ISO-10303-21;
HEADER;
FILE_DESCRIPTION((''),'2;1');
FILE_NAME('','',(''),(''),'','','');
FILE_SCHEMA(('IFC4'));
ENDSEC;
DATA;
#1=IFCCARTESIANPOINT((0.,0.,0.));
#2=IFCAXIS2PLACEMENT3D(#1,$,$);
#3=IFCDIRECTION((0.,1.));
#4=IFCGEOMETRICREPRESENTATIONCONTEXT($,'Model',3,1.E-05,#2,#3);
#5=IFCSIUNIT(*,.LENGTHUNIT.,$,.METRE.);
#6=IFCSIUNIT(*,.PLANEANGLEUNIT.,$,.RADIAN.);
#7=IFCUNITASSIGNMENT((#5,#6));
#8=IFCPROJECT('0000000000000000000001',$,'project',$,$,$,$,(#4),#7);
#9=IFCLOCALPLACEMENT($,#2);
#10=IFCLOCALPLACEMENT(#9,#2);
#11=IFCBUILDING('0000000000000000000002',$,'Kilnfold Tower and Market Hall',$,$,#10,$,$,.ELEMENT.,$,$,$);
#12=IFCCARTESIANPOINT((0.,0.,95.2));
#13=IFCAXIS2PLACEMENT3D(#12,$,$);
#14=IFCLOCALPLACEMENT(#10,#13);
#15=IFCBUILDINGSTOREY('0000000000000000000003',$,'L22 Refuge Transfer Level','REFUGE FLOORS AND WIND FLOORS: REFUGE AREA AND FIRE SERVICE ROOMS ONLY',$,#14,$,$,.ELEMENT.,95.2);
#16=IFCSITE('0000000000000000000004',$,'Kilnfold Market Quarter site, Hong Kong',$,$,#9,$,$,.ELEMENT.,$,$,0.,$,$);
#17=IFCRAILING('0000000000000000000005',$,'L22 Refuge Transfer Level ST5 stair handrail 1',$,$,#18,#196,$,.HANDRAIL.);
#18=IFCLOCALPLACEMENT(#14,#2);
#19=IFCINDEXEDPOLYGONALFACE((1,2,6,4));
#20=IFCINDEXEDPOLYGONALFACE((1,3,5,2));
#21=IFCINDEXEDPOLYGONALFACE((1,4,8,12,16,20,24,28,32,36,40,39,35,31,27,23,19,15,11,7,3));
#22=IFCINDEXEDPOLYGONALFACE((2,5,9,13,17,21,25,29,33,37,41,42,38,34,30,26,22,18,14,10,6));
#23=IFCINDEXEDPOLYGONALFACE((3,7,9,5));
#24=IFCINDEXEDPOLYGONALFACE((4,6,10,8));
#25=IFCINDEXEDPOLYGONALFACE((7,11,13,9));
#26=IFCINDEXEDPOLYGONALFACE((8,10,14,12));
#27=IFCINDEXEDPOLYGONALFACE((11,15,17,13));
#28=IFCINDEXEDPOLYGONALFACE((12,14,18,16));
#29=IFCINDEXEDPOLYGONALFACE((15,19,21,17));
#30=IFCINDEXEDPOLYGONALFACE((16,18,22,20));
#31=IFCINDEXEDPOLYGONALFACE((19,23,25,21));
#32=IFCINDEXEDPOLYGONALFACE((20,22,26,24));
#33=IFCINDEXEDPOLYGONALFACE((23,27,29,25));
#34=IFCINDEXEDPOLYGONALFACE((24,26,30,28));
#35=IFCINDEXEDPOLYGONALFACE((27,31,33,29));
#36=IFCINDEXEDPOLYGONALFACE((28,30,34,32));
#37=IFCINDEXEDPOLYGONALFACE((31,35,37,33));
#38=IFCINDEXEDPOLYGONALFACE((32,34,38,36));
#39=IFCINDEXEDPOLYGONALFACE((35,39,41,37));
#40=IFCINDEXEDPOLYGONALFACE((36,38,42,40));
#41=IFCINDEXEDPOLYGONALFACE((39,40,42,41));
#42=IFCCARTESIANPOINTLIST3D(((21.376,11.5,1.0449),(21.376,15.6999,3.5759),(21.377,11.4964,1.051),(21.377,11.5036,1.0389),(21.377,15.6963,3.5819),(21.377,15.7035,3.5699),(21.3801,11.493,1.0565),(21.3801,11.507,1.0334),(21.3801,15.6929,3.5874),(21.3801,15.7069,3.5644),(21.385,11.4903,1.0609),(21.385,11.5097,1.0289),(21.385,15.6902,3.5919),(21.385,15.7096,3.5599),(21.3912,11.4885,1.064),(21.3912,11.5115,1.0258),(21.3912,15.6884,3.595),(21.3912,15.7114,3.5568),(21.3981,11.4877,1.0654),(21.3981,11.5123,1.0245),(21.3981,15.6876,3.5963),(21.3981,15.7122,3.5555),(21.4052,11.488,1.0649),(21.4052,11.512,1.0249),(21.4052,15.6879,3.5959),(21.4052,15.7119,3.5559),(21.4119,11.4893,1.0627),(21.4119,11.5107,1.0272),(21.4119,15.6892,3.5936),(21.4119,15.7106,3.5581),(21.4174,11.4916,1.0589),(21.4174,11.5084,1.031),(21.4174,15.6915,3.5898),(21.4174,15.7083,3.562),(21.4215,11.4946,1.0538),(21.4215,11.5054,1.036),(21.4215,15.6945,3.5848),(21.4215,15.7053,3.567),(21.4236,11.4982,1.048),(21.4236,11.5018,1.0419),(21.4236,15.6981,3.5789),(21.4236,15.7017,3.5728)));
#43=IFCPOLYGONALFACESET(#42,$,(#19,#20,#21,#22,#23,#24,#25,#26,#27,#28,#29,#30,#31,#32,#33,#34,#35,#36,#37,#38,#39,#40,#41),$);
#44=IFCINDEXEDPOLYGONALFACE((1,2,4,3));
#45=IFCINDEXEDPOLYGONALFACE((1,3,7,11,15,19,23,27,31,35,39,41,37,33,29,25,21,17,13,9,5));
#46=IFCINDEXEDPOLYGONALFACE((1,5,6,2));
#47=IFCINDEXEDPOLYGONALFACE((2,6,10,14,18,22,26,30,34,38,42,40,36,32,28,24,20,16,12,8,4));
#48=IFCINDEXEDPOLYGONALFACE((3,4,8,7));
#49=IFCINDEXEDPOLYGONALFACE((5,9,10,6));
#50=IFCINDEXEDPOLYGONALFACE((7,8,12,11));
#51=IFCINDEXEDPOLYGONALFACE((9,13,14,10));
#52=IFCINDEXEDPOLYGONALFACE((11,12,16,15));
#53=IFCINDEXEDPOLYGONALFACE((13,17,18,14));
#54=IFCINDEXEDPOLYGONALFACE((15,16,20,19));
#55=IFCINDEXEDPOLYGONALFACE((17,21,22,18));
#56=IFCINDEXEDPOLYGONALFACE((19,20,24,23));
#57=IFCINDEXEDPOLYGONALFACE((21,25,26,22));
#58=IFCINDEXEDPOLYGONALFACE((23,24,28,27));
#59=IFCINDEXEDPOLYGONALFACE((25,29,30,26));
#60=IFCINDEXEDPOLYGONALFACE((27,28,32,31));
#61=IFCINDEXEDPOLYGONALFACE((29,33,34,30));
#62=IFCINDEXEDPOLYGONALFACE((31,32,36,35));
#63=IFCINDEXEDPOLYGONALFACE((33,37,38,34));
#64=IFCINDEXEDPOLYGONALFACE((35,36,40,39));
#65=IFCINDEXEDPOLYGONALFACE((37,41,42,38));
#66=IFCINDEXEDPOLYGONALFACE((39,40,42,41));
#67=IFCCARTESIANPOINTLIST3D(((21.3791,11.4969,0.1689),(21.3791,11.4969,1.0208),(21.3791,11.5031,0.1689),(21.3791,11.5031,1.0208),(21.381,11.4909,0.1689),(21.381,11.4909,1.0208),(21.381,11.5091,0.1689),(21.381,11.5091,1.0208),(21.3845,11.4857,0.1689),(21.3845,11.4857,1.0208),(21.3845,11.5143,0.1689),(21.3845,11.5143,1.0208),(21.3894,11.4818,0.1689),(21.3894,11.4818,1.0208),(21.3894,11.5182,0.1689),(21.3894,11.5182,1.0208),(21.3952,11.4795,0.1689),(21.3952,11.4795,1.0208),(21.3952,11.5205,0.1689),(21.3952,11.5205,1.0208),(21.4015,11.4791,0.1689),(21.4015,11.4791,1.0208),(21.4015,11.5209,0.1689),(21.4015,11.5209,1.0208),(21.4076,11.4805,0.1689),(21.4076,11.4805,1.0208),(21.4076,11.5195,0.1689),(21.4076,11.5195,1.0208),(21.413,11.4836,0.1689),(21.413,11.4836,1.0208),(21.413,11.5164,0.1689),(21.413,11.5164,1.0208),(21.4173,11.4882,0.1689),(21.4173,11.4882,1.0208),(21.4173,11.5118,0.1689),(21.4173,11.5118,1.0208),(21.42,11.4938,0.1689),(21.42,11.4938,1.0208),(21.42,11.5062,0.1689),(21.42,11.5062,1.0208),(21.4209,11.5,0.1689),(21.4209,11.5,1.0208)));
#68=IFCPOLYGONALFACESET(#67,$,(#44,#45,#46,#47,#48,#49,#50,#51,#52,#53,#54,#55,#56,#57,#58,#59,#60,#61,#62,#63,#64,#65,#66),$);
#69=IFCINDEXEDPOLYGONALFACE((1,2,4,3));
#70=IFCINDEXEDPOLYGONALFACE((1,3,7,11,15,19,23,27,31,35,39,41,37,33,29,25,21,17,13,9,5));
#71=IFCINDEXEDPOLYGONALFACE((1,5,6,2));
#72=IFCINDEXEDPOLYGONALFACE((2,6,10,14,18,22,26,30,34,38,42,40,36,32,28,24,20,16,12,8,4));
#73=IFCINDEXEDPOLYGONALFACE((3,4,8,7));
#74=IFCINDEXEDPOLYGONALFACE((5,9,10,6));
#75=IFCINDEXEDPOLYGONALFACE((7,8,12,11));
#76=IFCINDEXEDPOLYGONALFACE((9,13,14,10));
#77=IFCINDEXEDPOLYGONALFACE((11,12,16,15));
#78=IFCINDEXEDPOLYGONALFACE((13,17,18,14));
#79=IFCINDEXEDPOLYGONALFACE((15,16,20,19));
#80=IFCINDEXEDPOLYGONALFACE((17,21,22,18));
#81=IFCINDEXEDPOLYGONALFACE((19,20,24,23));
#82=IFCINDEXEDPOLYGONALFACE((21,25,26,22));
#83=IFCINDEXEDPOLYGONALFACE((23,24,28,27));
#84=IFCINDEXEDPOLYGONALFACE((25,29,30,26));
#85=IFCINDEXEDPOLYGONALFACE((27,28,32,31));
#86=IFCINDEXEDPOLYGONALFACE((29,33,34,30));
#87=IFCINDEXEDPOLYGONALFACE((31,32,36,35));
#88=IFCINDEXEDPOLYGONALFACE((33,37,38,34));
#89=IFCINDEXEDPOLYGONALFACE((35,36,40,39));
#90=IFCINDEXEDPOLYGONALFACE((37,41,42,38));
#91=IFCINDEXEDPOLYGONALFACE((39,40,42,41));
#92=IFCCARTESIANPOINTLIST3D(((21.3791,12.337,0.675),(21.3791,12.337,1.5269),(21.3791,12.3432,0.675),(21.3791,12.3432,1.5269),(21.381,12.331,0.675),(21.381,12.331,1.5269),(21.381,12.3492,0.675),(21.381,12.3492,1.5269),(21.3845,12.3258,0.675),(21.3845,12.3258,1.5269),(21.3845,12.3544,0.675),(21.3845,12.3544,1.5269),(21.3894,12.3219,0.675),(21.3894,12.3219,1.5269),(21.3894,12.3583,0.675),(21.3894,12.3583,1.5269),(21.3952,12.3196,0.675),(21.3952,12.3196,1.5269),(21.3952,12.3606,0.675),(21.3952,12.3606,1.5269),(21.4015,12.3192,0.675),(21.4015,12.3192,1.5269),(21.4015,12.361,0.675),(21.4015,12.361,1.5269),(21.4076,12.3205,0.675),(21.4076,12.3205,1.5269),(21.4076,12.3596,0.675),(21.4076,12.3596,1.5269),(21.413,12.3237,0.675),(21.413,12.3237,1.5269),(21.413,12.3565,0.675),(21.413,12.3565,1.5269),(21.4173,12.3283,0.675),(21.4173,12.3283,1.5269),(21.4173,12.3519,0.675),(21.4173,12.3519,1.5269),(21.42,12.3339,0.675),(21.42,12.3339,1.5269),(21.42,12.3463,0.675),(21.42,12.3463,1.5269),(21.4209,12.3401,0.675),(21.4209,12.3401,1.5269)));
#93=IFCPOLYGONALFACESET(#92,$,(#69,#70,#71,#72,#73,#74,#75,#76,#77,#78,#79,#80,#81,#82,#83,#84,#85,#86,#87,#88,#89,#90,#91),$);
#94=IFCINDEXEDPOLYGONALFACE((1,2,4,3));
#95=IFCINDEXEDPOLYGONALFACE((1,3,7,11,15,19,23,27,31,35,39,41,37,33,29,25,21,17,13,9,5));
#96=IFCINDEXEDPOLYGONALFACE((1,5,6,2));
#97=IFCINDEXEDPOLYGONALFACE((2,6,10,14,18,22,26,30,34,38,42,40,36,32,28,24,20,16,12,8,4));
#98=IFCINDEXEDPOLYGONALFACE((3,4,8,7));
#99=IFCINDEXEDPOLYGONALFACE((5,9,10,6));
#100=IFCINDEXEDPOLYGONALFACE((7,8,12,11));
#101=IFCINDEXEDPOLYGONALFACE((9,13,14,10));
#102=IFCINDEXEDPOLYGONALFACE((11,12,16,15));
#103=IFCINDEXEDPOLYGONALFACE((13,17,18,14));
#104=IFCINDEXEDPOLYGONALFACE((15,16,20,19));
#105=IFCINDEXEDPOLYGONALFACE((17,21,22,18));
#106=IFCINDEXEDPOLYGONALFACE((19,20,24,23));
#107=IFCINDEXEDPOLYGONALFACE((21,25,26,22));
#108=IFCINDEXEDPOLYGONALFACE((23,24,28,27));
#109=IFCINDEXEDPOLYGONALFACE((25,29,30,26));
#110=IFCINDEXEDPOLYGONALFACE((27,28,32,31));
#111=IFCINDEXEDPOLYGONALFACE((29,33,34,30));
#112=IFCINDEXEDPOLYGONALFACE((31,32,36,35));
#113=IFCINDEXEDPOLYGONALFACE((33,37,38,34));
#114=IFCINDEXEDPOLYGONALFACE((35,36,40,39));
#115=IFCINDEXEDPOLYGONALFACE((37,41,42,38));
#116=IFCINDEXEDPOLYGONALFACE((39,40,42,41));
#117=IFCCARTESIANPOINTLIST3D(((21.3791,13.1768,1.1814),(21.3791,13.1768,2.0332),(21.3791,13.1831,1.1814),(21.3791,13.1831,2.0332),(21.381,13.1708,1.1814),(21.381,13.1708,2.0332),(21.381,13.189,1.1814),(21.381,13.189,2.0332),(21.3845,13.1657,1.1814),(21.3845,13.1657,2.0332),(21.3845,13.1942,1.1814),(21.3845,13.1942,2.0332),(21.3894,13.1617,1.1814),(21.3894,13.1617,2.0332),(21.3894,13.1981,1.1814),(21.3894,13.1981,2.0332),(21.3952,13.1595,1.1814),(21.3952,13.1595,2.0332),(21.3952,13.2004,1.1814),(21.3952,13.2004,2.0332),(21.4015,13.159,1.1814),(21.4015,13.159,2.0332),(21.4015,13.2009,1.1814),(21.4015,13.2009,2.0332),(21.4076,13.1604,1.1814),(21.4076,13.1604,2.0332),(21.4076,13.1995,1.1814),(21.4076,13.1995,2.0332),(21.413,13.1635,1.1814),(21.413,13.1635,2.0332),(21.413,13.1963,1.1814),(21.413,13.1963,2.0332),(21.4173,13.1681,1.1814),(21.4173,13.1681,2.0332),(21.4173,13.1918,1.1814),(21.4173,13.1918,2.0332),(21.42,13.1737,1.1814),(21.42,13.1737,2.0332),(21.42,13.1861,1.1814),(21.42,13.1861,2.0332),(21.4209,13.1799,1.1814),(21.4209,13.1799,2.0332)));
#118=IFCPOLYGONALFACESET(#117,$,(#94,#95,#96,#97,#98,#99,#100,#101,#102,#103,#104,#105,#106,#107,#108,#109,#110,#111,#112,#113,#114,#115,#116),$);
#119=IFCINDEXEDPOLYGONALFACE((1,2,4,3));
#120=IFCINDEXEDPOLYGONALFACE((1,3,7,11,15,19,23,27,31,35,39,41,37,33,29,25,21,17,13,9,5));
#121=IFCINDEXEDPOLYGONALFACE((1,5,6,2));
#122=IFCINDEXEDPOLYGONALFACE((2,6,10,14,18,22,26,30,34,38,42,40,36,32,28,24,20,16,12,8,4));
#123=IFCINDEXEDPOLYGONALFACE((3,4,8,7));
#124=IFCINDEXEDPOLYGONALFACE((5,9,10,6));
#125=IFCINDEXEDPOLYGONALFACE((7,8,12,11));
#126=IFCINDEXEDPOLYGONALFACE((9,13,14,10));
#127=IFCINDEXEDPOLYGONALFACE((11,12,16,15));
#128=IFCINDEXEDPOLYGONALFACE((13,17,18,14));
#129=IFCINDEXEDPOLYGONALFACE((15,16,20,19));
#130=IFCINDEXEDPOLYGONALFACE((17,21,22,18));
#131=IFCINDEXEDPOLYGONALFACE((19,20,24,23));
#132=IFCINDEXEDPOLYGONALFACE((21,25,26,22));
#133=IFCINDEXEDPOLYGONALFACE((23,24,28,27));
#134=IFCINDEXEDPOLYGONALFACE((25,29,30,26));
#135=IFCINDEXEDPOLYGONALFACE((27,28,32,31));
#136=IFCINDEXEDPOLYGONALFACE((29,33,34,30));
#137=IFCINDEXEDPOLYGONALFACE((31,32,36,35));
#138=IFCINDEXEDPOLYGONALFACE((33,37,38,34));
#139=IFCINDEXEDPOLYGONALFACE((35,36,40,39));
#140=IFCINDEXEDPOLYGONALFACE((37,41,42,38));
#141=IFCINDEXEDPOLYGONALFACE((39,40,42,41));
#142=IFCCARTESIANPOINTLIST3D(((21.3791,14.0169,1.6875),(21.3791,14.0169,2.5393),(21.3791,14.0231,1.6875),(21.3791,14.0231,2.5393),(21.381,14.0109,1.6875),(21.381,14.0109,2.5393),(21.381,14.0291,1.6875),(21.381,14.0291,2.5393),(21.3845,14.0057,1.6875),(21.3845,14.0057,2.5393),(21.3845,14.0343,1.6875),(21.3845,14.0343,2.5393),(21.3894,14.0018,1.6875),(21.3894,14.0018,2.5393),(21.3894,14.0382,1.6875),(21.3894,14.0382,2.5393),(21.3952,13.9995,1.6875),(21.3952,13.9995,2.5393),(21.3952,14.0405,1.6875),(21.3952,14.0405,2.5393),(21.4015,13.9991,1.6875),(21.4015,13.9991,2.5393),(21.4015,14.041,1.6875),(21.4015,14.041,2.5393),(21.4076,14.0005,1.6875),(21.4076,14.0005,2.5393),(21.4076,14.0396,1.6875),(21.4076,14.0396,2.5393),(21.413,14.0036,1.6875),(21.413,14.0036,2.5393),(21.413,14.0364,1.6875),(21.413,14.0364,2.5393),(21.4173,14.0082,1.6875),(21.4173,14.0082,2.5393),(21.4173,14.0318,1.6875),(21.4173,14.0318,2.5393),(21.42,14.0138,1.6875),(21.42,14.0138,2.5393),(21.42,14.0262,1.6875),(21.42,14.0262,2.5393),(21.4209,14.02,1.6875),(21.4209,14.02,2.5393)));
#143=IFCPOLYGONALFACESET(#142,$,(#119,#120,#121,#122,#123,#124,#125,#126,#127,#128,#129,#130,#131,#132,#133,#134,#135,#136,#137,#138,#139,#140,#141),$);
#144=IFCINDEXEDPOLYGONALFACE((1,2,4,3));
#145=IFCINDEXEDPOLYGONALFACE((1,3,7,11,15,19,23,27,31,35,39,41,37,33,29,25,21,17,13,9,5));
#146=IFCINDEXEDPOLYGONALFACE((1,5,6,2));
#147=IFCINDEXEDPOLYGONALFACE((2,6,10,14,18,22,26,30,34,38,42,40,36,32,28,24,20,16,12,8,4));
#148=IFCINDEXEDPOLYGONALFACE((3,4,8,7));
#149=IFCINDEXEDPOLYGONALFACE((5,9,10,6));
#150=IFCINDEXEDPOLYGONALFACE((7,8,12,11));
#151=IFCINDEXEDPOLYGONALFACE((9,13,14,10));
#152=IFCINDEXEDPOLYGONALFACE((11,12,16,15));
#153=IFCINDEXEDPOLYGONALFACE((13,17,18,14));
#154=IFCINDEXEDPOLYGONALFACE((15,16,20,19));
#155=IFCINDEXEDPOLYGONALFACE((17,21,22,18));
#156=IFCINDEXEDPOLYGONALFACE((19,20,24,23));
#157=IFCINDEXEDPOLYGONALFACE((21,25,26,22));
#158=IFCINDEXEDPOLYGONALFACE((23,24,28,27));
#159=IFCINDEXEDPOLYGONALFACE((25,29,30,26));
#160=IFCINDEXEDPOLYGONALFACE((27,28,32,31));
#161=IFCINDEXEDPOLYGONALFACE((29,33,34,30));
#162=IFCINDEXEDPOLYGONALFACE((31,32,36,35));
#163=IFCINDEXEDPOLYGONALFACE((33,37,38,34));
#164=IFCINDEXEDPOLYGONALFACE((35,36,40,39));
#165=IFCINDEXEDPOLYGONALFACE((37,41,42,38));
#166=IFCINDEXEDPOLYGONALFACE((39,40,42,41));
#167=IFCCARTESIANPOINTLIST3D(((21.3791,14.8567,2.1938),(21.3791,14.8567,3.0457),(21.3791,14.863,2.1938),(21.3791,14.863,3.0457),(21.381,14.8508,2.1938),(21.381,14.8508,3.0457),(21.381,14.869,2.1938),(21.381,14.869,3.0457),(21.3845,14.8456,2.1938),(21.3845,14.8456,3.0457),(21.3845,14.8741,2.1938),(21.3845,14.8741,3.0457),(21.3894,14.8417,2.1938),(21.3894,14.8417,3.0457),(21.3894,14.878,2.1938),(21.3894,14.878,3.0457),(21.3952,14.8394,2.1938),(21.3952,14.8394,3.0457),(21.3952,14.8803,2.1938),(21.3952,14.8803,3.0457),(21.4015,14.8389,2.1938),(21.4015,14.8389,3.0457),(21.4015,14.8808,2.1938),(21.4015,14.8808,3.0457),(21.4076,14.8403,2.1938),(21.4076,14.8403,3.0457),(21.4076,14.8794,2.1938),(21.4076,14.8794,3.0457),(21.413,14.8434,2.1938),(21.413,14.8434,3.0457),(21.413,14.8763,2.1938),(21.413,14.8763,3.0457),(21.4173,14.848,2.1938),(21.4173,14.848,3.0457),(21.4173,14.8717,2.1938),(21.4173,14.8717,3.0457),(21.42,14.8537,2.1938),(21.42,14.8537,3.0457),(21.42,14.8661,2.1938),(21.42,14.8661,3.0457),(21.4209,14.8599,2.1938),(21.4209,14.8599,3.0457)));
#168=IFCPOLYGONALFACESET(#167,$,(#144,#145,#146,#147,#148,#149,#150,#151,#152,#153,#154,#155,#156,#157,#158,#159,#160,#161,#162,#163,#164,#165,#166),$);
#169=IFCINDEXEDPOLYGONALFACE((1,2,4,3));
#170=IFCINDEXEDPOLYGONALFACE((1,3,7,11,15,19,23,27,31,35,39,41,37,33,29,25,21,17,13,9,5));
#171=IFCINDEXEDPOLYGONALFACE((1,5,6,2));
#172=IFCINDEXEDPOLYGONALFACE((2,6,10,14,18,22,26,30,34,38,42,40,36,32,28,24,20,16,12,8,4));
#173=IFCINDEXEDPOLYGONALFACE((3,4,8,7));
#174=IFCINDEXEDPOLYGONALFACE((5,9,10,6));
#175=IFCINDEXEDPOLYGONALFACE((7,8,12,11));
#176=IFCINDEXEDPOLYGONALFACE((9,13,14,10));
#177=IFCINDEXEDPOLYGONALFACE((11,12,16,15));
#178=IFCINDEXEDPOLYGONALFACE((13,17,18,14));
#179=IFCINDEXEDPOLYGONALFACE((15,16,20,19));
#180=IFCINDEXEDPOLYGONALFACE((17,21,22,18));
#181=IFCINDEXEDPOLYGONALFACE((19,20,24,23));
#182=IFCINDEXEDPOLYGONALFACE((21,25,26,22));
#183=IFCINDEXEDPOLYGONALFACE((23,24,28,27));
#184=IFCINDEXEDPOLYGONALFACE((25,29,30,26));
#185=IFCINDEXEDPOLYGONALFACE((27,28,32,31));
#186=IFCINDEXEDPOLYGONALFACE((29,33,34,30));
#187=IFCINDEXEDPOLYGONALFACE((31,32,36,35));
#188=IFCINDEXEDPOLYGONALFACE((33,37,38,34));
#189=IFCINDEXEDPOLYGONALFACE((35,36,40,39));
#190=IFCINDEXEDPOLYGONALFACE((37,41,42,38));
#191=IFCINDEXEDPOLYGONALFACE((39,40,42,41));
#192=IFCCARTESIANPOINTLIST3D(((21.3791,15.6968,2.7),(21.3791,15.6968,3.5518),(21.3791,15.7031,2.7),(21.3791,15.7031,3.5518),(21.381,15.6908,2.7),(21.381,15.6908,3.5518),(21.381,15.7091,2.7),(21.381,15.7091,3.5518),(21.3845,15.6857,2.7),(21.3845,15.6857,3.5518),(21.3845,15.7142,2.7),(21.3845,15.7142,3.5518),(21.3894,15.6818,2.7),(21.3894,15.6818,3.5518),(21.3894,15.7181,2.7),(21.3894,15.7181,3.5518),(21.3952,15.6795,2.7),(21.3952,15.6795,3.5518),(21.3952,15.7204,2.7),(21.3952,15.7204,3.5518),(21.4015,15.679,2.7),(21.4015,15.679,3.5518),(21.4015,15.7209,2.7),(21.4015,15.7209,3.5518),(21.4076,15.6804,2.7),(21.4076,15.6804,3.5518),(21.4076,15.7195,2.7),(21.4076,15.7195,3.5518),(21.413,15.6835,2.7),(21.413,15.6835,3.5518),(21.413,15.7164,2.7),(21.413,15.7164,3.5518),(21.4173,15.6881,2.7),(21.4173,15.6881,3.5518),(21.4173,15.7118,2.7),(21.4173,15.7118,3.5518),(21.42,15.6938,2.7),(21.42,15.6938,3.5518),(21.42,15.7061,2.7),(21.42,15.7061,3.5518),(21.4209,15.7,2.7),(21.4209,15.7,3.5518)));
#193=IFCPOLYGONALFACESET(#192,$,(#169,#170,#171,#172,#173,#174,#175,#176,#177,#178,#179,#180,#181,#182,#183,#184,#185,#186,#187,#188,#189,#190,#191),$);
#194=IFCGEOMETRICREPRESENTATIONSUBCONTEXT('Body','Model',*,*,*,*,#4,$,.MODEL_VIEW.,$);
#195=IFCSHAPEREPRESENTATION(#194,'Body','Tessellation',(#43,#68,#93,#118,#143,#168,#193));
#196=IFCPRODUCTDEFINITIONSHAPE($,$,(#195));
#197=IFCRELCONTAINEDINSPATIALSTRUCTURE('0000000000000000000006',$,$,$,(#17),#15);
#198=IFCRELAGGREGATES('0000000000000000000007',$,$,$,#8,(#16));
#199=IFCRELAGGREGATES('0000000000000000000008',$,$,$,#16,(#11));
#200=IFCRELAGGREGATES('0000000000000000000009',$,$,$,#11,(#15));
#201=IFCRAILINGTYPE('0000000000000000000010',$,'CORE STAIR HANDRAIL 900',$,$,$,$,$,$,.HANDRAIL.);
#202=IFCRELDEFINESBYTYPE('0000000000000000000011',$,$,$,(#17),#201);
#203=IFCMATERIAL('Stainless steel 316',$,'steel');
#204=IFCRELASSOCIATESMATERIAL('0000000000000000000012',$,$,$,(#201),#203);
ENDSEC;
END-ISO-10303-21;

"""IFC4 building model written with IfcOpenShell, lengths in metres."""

from ifc_helpers import new_model, si_unit, direction, frame, origin, origin_2d, place, context, subcontext, project, spatial, circle, extrude, material, type_object, element, save


model = new_model("IFC4")

# Units and contexts
model_context = context("Model", 3, precision=1e-05, world=origin(), true_north=direction((0.0, 1.0)))
body_context = subcontext(model_context, "Body", "Model", "MODEL_VIEW")
ifc_project = project(units=[si_unit("LENGTHUNIT", "METRE"), si_unit("PLANEANGLEUNIT", "RADIAN")], contexts=[model_context])

# Site, building, storey
site_placement = place(None, origin())
site = spatial("IfcSite", under=ifc_project, at=site_placement, Name="Kilnfold Market Quarter site, Hong Kong", CompositionType="ELEMENT", RefElevation=0.0)
building_placement = place(site_placement, origin())
building = spatial("IfcBuilding", under=site, at=building_placement, Name="Kilnfold Tower and Market Hall", CompositionType="ELEMENT")
storey_placement = place(building_placement, frame((0.0, 0.0, 95.2)))
storey = spatial("IfcBuildingStorey", under=building, at=storey_placement, Name="L22 Refuge Transfer Level", Description="REFUGE FLOORS AND WIND FLOORS: REFUGE AREA AND FIRE SERVICE ROOMS ONLY", CompositionType="ELEMENT", Elevation=95.2)

# Railing
ifc_material_1 = material(Name="Stainless steel 316", Category="steel")
railing_type_1 = type_object("IfcRailingType", Name="CORE STAIR HANDRAIL 900", PredefinedType="HANDRAIL", material=ifc_material_1)
railing_1_placement = place(storey_placement, frame((21.3999, 11.5, 0.1689)))
element("IfcRailing", 1, at=railing_1_placement, inside=storey, type_object=railing_type_1, Name="L22 Refuge Transfer Level ST5 stair handrail 1", PredefinedType="HANDRAIL", context=body_context, shape_type="SweptSolid", body=[
    extrude(circle(Radius=0.0239, at=origin_2d()), frame((0.0, 0.0, 0.876), z_axis=(0.0, 0.856499, 0.51615), x_axis=(-1.0, 0.0, 0.0)), (0.0, 0.0, 1.0), 4.9036),
    extrude(circle(Radius=0.021, at=origin_2d()), origin(), (0.0, 0.0, 1.0), 0.8518),
    extrude(circle(Radius=0.021, at=origin_2d()), frame((0.0, 0.8401, 0.5061)), (0.0, 0.0, 1.0), 0.8518),
    extrude(circle(Radius=0.021, at=origin_2d()), frame((0.0, 1.6799, 1.0125)), (0.0, 0.0, 1.0), 0.8518),
    extrude(circle(Radius=0.021, at=origin_2d()), frame((0.0, 2.52, 1.5186)), (0.0, 0.0, 1.0), 0.8518),
    extrude(circle(Radius=0.021, at=origin_2d()), frame((0.0, 3.3599, 2.0249)), (0.0, 0.0, 1.0), 0.8518),
    extrude(circle(Radius=0.021, at=origin_2d()), frame((0.0, 4.2, 2.531)), (0.0, 0.0, 1.0), 0.8518),
])

save(model, "model.ifc")
